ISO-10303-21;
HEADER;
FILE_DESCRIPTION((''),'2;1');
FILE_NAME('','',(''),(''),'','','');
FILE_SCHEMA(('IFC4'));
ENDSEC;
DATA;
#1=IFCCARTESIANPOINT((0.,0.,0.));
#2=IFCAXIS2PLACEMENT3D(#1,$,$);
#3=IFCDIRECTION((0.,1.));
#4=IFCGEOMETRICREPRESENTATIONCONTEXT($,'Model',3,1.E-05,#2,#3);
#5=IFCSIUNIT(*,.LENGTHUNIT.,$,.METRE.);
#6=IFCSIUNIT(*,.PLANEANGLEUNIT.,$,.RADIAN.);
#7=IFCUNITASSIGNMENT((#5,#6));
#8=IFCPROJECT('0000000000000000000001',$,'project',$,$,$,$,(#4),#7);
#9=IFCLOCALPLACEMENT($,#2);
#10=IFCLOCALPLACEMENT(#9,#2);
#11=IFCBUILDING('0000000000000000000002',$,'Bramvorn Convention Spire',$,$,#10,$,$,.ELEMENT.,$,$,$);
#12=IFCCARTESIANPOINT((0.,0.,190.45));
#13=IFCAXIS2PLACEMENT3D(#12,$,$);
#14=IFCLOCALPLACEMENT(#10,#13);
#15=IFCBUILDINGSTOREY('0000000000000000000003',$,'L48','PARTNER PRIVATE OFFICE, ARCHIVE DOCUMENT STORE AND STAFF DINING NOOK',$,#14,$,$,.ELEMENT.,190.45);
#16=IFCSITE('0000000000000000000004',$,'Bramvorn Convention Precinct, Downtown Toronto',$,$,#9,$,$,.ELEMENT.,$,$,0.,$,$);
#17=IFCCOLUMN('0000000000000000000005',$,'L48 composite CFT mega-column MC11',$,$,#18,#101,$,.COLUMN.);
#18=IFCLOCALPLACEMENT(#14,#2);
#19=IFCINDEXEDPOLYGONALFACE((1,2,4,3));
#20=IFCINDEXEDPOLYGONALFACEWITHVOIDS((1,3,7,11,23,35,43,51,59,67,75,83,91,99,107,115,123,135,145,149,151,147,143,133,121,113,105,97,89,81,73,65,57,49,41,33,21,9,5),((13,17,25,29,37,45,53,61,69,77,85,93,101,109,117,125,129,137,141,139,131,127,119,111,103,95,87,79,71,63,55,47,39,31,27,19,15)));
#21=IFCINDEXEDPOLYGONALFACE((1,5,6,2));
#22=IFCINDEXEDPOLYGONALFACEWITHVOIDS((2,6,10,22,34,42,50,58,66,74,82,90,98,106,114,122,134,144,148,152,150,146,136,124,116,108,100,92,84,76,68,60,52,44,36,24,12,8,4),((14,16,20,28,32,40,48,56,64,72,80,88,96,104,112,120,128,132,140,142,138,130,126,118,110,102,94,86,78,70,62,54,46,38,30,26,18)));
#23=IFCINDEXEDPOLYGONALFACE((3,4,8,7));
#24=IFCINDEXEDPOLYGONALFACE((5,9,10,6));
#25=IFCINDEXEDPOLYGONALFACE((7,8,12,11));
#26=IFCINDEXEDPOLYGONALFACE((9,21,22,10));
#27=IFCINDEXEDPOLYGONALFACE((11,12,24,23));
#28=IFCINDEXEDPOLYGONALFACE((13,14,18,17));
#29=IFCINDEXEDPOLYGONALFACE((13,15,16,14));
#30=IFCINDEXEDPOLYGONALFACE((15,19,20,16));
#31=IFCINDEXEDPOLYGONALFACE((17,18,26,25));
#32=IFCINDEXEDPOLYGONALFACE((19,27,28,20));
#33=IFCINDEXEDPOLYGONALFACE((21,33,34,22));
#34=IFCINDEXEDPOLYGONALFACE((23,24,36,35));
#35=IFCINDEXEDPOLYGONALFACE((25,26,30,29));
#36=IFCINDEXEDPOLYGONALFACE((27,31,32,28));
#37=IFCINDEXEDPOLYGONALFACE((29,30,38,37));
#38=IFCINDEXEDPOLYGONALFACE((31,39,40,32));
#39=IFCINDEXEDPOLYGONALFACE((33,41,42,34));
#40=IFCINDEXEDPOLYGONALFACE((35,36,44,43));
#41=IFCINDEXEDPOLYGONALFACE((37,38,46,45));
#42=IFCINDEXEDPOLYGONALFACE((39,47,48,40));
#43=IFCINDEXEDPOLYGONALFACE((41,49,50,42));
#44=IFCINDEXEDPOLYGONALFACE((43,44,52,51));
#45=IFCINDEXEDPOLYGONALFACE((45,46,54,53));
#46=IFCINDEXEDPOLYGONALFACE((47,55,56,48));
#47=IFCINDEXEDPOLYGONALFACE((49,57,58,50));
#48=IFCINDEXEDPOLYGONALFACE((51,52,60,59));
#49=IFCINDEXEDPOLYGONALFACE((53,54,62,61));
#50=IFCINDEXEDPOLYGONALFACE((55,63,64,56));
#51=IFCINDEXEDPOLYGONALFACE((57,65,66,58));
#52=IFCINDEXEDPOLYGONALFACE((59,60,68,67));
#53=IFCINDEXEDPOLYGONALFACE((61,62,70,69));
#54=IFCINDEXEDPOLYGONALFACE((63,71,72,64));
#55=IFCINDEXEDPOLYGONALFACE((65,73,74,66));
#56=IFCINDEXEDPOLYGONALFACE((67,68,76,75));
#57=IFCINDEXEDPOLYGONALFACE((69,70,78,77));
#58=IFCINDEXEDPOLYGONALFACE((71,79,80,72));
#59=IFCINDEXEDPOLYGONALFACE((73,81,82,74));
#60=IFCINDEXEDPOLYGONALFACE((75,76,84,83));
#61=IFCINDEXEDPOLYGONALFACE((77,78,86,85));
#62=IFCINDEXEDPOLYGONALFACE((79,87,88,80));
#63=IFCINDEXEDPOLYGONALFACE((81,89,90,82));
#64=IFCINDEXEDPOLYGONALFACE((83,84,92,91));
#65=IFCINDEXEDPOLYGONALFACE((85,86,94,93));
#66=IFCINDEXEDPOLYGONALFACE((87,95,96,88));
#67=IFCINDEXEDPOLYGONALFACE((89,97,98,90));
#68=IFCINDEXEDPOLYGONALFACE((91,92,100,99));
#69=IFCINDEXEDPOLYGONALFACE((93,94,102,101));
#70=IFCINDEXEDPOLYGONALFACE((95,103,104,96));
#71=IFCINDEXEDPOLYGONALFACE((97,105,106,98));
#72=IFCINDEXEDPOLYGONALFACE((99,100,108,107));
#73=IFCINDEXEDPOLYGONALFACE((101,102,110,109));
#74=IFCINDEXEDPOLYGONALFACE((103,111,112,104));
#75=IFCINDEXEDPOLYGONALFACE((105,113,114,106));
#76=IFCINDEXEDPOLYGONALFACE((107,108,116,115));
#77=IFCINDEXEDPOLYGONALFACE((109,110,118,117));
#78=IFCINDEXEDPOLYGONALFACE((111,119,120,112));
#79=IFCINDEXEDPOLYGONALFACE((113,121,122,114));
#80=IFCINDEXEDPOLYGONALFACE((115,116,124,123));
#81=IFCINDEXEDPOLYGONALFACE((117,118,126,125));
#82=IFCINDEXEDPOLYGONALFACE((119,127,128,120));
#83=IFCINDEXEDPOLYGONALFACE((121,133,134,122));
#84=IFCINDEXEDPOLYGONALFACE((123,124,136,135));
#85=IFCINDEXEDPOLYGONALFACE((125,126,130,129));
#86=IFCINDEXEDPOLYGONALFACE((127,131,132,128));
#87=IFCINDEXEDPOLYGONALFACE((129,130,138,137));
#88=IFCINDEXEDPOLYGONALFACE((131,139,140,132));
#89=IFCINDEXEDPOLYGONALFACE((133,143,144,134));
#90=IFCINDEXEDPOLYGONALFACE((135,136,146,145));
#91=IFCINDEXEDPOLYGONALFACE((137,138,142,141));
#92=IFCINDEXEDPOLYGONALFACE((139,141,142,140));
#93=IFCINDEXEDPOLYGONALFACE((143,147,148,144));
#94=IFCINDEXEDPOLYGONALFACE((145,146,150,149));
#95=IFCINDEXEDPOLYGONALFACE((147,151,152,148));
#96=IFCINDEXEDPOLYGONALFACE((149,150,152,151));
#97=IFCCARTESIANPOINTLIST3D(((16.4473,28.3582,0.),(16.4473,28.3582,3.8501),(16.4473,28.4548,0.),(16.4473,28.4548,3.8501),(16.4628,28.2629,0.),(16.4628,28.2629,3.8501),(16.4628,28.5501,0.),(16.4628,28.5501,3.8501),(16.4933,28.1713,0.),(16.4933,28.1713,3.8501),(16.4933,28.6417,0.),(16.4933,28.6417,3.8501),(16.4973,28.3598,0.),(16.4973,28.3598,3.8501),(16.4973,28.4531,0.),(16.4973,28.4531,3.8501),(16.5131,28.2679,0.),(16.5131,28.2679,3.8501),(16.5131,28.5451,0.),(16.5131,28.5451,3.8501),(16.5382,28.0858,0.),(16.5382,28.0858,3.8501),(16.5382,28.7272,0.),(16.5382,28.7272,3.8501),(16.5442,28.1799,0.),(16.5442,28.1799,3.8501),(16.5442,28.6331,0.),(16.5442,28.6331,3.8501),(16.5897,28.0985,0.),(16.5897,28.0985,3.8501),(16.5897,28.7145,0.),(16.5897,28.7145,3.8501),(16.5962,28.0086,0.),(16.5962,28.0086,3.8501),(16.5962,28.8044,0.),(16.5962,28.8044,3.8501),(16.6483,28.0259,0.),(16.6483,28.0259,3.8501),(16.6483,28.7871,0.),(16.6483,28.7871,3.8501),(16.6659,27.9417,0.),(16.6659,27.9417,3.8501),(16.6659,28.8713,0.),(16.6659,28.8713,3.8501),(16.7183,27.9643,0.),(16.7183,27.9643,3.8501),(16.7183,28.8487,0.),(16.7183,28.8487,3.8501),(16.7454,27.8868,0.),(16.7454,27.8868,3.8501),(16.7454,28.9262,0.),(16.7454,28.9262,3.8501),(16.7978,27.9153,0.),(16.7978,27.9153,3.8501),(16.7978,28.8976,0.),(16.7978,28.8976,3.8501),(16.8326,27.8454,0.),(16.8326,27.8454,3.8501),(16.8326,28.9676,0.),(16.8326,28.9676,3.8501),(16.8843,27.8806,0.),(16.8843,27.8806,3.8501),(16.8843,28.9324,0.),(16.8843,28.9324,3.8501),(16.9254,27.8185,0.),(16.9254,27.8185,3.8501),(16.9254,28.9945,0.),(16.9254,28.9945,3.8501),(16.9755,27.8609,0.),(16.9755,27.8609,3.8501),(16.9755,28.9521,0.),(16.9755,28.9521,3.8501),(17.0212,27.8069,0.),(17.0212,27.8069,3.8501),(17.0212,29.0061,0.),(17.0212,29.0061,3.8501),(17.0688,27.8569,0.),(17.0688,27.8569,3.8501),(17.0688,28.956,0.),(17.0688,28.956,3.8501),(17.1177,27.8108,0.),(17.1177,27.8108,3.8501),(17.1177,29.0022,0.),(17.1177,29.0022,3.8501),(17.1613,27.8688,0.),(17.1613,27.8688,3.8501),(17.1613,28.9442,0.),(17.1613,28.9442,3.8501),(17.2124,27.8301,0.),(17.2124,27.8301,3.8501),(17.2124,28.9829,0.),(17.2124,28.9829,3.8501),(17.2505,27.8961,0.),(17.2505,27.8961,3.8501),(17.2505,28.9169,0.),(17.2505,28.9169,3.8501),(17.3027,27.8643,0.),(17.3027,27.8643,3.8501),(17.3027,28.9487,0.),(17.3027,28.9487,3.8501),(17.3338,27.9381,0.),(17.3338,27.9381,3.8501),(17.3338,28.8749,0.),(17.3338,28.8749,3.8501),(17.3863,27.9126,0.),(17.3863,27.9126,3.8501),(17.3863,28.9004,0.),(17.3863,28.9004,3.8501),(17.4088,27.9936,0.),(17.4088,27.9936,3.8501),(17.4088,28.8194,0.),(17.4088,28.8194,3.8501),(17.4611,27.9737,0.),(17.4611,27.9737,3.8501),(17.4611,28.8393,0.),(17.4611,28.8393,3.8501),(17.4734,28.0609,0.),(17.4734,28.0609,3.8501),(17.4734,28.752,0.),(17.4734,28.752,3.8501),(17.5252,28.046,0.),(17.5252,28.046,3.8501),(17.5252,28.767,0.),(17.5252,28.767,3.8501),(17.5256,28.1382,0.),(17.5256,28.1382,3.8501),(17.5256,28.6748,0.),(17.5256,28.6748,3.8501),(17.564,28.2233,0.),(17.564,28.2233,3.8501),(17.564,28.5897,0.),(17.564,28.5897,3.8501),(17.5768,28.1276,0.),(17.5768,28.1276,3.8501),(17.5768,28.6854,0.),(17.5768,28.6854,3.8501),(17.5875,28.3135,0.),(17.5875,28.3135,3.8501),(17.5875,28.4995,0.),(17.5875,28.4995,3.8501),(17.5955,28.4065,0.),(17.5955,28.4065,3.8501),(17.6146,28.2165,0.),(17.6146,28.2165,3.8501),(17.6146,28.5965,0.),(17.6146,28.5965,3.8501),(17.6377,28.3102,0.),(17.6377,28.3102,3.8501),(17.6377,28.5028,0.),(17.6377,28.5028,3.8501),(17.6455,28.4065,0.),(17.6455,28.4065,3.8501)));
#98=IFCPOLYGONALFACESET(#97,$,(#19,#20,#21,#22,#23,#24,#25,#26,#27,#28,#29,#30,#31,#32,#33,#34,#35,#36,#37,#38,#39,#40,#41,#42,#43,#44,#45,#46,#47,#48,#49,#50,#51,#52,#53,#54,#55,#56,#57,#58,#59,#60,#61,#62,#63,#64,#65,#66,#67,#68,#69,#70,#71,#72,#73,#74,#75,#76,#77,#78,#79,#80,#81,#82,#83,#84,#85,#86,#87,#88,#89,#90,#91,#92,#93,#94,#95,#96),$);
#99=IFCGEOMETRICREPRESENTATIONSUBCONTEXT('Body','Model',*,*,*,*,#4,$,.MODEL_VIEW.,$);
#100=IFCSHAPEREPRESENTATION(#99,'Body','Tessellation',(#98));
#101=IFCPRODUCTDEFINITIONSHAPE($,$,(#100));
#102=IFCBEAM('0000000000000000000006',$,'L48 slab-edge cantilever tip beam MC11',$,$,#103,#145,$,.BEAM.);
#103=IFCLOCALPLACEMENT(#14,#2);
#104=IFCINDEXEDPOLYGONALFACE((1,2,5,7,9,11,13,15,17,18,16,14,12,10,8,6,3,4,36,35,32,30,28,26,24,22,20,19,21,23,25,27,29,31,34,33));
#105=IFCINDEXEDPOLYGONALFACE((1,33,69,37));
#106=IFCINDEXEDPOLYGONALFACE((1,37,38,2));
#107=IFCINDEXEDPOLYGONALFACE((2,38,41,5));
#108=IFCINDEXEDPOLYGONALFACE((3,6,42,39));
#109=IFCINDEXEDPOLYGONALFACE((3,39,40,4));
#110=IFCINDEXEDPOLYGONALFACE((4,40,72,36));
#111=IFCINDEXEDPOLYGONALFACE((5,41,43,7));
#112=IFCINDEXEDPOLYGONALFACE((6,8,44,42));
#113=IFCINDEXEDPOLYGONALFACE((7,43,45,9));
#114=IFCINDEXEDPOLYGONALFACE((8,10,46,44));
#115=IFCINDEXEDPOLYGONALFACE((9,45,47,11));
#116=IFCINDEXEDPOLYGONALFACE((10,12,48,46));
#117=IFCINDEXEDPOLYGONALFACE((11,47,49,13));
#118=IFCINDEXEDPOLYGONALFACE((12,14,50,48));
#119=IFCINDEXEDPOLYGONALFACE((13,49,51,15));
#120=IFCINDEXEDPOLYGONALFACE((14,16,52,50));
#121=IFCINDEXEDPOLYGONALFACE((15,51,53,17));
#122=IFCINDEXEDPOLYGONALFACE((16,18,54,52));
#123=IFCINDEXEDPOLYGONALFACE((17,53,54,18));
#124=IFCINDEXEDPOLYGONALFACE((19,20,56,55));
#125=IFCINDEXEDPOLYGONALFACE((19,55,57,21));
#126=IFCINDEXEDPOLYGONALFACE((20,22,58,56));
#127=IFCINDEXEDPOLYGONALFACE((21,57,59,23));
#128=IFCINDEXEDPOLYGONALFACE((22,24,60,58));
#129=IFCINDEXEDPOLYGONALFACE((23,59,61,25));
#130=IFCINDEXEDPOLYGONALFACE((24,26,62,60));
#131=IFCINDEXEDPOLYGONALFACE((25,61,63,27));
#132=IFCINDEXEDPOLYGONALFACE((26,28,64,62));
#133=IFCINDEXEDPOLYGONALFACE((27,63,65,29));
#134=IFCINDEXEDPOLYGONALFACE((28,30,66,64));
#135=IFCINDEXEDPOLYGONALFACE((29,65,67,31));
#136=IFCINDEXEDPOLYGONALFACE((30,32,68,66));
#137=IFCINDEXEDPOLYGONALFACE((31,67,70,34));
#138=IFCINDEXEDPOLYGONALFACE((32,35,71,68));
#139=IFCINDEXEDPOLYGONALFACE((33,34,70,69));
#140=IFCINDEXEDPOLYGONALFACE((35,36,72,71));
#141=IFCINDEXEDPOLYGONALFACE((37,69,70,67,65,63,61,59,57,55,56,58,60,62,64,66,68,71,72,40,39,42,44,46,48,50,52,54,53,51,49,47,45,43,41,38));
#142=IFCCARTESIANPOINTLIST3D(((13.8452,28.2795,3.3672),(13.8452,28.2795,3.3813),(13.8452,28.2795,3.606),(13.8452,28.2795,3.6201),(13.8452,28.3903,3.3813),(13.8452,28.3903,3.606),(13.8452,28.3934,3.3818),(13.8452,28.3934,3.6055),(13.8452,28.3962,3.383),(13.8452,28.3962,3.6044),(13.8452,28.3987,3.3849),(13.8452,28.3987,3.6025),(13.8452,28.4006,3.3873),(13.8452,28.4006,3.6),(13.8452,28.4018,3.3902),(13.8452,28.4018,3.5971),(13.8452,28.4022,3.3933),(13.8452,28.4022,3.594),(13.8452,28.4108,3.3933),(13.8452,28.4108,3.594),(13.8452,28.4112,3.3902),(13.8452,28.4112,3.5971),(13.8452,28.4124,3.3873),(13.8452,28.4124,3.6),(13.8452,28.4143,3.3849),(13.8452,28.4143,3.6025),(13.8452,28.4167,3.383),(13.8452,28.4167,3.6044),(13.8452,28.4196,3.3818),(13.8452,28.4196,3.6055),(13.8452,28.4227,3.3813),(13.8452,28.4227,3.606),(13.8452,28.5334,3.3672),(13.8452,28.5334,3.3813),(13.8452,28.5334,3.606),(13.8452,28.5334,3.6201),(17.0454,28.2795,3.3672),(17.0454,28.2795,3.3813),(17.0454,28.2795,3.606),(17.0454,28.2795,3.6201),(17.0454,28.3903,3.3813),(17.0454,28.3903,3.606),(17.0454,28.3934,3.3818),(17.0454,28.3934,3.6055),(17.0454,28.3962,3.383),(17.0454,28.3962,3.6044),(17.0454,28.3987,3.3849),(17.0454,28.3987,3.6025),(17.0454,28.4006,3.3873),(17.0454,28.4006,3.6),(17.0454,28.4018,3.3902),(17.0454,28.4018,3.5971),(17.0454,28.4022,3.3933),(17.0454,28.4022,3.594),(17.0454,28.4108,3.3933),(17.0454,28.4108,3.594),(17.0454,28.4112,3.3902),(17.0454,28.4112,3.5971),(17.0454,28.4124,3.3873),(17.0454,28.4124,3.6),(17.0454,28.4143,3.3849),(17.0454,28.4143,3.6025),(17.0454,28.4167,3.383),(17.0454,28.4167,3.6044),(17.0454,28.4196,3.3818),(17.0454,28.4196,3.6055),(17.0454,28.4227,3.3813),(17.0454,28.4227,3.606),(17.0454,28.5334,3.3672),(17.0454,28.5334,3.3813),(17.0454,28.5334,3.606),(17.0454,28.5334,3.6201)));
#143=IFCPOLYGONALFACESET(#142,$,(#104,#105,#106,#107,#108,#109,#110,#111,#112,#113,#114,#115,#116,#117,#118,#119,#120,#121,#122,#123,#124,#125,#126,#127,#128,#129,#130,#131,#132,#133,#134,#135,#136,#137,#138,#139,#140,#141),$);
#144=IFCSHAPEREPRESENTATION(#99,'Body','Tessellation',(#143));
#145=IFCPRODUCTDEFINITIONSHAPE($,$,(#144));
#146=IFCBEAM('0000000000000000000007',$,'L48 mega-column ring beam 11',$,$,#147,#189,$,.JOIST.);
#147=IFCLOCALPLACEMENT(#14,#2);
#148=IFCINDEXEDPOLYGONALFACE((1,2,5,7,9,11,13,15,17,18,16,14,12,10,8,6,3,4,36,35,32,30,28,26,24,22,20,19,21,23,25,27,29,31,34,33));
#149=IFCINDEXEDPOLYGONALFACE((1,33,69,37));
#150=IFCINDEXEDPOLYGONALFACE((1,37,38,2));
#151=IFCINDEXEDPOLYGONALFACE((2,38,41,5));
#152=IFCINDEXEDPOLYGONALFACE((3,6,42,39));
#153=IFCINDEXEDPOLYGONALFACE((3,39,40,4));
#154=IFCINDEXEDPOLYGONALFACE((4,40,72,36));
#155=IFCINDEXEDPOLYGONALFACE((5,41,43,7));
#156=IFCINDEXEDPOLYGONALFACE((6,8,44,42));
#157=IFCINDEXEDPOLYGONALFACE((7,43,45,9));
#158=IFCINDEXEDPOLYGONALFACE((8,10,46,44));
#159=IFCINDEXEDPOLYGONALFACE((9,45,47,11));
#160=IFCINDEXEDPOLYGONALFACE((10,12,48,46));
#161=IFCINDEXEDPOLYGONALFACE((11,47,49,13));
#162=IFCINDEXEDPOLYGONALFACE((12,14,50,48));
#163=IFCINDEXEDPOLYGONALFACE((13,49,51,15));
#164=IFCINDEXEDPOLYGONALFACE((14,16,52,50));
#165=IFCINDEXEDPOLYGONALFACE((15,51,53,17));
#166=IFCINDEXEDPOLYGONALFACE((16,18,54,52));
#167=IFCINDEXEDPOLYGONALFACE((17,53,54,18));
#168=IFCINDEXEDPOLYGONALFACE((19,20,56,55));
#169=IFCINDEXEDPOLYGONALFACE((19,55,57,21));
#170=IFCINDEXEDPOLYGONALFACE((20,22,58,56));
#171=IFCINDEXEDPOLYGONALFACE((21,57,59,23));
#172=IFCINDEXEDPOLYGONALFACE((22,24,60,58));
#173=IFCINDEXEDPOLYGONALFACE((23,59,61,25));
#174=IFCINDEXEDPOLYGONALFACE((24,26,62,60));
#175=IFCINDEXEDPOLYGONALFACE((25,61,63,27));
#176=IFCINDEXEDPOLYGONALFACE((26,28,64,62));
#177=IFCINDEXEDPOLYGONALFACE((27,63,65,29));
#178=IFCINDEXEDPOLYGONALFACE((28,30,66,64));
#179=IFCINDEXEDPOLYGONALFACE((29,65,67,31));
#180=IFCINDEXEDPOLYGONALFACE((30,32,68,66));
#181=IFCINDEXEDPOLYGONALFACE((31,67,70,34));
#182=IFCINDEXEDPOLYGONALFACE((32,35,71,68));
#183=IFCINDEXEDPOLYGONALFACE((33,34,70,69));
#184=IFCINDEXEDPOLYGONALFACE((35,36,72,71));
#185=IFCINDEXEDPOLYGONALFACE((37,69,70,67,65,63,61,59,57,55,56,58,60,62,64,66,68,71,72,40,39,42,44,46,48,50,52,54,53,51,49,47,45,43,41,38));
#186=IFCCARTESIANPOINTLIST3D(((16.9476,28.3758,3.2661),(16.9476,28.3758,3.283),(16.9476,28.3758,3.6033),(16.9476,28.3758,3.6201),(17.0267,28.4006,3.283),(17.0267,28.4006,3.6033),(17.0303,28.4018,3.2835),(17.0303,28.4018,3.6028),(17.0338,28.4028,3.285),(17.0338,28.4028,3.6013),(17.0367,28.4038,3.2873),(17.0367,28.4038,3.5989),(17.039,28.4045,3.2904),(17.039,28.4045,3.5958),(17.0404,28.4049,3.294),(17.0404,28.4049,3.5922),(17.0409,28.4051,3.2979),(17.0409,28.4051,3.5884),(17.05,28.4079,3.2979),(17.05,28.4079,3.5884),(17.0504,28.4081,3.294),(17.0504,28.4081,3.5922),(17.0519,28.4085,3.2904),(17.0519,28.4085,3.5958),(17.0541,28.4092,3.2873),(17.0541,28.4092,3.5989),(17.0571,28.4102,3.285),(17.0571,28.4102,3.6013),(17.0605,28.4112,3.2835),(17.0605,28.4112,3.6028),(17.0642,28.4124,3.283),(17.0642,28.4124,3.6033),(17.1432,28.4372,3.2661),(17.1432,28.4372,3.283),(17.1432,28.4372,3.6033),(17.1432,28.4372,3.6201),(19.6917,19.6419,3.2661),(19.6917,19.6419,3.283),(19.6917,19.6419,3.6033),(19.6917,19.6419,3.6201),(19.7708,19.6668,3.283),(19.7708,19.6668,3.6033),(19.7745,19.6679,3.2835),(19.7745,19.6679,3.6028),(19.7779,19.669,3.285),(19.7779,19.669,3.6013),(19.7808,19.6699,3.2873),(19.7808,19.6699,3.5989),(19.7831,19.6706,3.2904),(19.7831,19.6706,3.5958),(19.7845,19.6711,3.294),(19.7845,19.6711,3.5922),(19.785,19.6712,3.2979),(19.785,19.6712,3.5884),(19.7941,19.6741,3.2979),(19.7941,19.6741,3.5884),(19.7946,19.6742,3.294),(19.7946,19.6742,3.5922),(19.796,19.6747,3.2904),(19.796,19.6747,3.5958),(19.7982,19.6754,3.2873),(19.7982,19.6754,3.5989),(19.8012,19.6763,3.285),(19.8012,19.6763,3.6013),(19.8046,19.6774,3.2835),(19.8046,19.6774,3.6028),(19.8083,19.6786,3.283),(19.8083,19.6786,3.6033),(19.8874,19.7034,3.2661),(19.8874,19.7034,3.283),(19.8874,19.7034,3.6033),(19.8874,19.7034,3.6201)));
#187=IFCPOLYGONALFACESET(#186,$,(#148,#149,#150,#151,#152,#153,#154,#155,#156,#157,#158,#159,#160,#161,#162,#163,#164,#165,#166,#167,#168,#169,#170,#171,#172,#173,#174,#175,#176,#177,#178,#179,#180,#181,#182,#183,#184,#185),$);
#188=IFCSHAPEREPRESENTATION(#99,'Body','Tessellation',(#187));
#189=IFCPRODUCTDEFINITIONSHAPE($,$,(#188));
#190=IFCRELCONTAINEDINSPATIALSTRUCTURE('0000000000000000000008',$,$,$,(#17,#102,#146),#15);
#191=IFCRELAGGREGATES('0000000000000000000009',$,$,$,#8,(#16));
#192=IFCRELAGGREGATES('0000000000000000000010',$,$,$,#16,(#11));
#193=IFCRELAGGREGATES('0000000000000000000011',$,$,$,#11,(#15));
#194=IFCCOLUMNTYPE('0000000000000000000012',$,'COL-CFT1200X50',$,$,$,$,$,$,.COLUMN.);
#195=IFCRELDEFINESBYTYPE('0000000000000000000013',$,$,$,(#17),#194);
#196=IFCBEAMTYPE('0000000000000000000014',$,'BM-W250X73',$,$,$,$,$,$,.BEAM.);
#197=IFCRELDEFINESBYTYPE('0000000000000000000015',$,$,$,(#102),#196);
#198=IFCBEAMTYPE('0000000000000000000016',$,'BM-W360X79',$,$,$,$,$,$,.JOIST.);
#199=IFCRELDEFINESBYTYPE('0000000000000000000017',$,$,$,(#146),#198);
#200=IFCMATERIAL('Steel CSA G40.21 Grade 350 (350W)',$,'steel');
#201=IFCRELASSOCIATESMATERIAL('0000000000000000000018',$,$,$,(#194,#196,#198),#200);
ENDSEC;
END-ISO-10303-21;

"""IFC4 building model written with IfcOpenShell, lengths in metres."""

from ifc_helpers import new_model, si_unit, direction, frame, origin, origin_2d, place, context, subcontext, project, spatial, hollow_circle, i_section, extrude, material, material_profile, profile_set, type_object, element, save


model = new_model("IFC4")

# Units and contexts
model_context = context("Model", 3, precision=1e-05, world=origin(), true_north=direction((0.0, 1.0)))
body_context = subcontext(model_context, "Body", "Model", "MODEL_VIEW")
ifc_project = project(units=[si_unit("LENGTHUNIT", "METRE"), si_unit("PLANEANGLEUNIT", "RADIAN")], contexts=[model_context])

# Site, building, storey
site_placement = place(None, origin())
site = spatial("IfcSite", under=ifc_project, at=site_placement, Name="Bramvorn Convention Precinct, Downtown Toronto", CompositionType="ELEMENT", RefElevation=0.0)
building_placement = place(site_placement, origin())
building = spatial("IfcBuilding", under=site, at=building_placement, Name="Bramvorn Convention Spire", CompositionType="ELEMENT")
storey_placement = place(building_placement, frame((0.0, 0.0, 190.45)))
storey = spatial("IfcBuildingStorey", under=building, at=storey_placement, Name="L48", Description="PARTNER PRIVATE OFFICE, ARCHIVE DOCUMENT STORE AND STAFF DINING NOOK", CompositionType="ELEMENT", Elevation=190.45)

# Column
ifc_material_1 = material(Name="Steel CSA G40.21 Grade 350 (350W)", Category="steel")
ifc_material_profile_1 = material_profile(ifc_material_1, hollow_circle(Radius=0.6001, WallThickness=0.05, at=origin_2d()))
ifc_profile_set_1 = profile_set([ifc_material_profile_1], Name="Steel CSA G40.21 Grade 350 (350W) - CFT1200X50")
column_type = type_object("IfcColumnType", Name="COL-CFT1200X50", PredefinedType="COLUMN", material=ifc_profile_set_1)
column_placement = place(storey_placement, frame((17.0454, 28.4065, 0.0), z_axis=(0.0, 0.0, 1.0), x_axis=(1.0, 0.0, 0.0)))
element("IfcColumn", 1, at=column_placement, inside=storey, type_object=column_type, Name="L48 composite CFT mega-column MC11", PredefinedType="COLUMN", context=body_context, shape_type="SweptSolid", body=[
    extrude(hollow_circle(Radius=0.6001, WallThickness=0.05, at=origin_2d()), origin(), (0.0, 0.0, 1.0), 3.8501),
])

# Beams
ifc_material_profile_2 = material_profile(ifc_material_1, i_section(OverallWidth=0.2539, OverallDepth=0.2529, WebThickness=0.0085, FlangeThickness=0.0142, FilletRadius=0.012, at=origin_2d()))
ifc_profile_set_2 = profile_set([ifc_material_profile_2], Name="Steel CSA G40.21 Grade 350 (350W) - W250X73")
beam_type_1 = type_object("IfcBeamType", Name="BM-W250X73", PredefinedType="BEAM", material=ifc_profile_set_2)
beam_1_placement = place(storey_placement, frame((17.0454, 28.4065, 3.4937), z_axis=(-1.0, 0.0, 0.0), x_axis=(0.0, -1.0, 0.0)))
element("IfcBeam", 2, at=beam_1_placement, inside=storey, type_object=beam_type_1, Name="L48 slab-edge cantilever tip beam MC11", PredefinedType="BEAM", context=body_context, shape_type="SweptSolid", body=[
    extrude(i_section(OverallWidth=0.2539, OverallDepth=0.2529, WebThickness=0.0085, FlangeThickness=0.0142, FilletRadius=0.012, at=origin_2d()), origin(), (0.0, 0.0, 1.0), 3.2002),
])
ifc_material_profile_3 = material_profile(ifc_material_1, i_section(OverallWidth=0.2051, OverallDepth=0.354, WebThickness=0.0095, FlangeThickness=0.0168, FilletRadius=0.0149, at=origin_2d()))
ifc_profile_set_3 = profile_set([ifc_material_profile_3], Name="Steel CSA G40.21 Grade 350 (350W) - W360X79")
beam_type_2 = type_object("IfcBeamType", Name="BM-W360X79", PredefinedType="JOIST", material=ifc_profile_set_3)
beam_2_placement = place(storey_placement, frame((17.0454, 28.4065, 3.4431), z_axis=(0.299748, -0.954019, 0.0), x_axis=(0.954019, 0.299748, 0.0)))
element("IfcBeam", 3, at=beam_2_placement, inside=storey, type_object=beam_type_2, Name="L48 mega-column ring beam 11", PredefinedType="JOIST", context=body_context, shape_type="SweptSolid", body=[
    extrude(i_section(OverallWidth=0.2051, OverallDepth=0.354, WebThickness=0.0095, FlangeThickness=0.0168, FilletRadius=0.0149, at=origin_2d()), origin(), (0.0, 0.0, 1.0), 9.1548),
])

save(model, "model.ifc")
